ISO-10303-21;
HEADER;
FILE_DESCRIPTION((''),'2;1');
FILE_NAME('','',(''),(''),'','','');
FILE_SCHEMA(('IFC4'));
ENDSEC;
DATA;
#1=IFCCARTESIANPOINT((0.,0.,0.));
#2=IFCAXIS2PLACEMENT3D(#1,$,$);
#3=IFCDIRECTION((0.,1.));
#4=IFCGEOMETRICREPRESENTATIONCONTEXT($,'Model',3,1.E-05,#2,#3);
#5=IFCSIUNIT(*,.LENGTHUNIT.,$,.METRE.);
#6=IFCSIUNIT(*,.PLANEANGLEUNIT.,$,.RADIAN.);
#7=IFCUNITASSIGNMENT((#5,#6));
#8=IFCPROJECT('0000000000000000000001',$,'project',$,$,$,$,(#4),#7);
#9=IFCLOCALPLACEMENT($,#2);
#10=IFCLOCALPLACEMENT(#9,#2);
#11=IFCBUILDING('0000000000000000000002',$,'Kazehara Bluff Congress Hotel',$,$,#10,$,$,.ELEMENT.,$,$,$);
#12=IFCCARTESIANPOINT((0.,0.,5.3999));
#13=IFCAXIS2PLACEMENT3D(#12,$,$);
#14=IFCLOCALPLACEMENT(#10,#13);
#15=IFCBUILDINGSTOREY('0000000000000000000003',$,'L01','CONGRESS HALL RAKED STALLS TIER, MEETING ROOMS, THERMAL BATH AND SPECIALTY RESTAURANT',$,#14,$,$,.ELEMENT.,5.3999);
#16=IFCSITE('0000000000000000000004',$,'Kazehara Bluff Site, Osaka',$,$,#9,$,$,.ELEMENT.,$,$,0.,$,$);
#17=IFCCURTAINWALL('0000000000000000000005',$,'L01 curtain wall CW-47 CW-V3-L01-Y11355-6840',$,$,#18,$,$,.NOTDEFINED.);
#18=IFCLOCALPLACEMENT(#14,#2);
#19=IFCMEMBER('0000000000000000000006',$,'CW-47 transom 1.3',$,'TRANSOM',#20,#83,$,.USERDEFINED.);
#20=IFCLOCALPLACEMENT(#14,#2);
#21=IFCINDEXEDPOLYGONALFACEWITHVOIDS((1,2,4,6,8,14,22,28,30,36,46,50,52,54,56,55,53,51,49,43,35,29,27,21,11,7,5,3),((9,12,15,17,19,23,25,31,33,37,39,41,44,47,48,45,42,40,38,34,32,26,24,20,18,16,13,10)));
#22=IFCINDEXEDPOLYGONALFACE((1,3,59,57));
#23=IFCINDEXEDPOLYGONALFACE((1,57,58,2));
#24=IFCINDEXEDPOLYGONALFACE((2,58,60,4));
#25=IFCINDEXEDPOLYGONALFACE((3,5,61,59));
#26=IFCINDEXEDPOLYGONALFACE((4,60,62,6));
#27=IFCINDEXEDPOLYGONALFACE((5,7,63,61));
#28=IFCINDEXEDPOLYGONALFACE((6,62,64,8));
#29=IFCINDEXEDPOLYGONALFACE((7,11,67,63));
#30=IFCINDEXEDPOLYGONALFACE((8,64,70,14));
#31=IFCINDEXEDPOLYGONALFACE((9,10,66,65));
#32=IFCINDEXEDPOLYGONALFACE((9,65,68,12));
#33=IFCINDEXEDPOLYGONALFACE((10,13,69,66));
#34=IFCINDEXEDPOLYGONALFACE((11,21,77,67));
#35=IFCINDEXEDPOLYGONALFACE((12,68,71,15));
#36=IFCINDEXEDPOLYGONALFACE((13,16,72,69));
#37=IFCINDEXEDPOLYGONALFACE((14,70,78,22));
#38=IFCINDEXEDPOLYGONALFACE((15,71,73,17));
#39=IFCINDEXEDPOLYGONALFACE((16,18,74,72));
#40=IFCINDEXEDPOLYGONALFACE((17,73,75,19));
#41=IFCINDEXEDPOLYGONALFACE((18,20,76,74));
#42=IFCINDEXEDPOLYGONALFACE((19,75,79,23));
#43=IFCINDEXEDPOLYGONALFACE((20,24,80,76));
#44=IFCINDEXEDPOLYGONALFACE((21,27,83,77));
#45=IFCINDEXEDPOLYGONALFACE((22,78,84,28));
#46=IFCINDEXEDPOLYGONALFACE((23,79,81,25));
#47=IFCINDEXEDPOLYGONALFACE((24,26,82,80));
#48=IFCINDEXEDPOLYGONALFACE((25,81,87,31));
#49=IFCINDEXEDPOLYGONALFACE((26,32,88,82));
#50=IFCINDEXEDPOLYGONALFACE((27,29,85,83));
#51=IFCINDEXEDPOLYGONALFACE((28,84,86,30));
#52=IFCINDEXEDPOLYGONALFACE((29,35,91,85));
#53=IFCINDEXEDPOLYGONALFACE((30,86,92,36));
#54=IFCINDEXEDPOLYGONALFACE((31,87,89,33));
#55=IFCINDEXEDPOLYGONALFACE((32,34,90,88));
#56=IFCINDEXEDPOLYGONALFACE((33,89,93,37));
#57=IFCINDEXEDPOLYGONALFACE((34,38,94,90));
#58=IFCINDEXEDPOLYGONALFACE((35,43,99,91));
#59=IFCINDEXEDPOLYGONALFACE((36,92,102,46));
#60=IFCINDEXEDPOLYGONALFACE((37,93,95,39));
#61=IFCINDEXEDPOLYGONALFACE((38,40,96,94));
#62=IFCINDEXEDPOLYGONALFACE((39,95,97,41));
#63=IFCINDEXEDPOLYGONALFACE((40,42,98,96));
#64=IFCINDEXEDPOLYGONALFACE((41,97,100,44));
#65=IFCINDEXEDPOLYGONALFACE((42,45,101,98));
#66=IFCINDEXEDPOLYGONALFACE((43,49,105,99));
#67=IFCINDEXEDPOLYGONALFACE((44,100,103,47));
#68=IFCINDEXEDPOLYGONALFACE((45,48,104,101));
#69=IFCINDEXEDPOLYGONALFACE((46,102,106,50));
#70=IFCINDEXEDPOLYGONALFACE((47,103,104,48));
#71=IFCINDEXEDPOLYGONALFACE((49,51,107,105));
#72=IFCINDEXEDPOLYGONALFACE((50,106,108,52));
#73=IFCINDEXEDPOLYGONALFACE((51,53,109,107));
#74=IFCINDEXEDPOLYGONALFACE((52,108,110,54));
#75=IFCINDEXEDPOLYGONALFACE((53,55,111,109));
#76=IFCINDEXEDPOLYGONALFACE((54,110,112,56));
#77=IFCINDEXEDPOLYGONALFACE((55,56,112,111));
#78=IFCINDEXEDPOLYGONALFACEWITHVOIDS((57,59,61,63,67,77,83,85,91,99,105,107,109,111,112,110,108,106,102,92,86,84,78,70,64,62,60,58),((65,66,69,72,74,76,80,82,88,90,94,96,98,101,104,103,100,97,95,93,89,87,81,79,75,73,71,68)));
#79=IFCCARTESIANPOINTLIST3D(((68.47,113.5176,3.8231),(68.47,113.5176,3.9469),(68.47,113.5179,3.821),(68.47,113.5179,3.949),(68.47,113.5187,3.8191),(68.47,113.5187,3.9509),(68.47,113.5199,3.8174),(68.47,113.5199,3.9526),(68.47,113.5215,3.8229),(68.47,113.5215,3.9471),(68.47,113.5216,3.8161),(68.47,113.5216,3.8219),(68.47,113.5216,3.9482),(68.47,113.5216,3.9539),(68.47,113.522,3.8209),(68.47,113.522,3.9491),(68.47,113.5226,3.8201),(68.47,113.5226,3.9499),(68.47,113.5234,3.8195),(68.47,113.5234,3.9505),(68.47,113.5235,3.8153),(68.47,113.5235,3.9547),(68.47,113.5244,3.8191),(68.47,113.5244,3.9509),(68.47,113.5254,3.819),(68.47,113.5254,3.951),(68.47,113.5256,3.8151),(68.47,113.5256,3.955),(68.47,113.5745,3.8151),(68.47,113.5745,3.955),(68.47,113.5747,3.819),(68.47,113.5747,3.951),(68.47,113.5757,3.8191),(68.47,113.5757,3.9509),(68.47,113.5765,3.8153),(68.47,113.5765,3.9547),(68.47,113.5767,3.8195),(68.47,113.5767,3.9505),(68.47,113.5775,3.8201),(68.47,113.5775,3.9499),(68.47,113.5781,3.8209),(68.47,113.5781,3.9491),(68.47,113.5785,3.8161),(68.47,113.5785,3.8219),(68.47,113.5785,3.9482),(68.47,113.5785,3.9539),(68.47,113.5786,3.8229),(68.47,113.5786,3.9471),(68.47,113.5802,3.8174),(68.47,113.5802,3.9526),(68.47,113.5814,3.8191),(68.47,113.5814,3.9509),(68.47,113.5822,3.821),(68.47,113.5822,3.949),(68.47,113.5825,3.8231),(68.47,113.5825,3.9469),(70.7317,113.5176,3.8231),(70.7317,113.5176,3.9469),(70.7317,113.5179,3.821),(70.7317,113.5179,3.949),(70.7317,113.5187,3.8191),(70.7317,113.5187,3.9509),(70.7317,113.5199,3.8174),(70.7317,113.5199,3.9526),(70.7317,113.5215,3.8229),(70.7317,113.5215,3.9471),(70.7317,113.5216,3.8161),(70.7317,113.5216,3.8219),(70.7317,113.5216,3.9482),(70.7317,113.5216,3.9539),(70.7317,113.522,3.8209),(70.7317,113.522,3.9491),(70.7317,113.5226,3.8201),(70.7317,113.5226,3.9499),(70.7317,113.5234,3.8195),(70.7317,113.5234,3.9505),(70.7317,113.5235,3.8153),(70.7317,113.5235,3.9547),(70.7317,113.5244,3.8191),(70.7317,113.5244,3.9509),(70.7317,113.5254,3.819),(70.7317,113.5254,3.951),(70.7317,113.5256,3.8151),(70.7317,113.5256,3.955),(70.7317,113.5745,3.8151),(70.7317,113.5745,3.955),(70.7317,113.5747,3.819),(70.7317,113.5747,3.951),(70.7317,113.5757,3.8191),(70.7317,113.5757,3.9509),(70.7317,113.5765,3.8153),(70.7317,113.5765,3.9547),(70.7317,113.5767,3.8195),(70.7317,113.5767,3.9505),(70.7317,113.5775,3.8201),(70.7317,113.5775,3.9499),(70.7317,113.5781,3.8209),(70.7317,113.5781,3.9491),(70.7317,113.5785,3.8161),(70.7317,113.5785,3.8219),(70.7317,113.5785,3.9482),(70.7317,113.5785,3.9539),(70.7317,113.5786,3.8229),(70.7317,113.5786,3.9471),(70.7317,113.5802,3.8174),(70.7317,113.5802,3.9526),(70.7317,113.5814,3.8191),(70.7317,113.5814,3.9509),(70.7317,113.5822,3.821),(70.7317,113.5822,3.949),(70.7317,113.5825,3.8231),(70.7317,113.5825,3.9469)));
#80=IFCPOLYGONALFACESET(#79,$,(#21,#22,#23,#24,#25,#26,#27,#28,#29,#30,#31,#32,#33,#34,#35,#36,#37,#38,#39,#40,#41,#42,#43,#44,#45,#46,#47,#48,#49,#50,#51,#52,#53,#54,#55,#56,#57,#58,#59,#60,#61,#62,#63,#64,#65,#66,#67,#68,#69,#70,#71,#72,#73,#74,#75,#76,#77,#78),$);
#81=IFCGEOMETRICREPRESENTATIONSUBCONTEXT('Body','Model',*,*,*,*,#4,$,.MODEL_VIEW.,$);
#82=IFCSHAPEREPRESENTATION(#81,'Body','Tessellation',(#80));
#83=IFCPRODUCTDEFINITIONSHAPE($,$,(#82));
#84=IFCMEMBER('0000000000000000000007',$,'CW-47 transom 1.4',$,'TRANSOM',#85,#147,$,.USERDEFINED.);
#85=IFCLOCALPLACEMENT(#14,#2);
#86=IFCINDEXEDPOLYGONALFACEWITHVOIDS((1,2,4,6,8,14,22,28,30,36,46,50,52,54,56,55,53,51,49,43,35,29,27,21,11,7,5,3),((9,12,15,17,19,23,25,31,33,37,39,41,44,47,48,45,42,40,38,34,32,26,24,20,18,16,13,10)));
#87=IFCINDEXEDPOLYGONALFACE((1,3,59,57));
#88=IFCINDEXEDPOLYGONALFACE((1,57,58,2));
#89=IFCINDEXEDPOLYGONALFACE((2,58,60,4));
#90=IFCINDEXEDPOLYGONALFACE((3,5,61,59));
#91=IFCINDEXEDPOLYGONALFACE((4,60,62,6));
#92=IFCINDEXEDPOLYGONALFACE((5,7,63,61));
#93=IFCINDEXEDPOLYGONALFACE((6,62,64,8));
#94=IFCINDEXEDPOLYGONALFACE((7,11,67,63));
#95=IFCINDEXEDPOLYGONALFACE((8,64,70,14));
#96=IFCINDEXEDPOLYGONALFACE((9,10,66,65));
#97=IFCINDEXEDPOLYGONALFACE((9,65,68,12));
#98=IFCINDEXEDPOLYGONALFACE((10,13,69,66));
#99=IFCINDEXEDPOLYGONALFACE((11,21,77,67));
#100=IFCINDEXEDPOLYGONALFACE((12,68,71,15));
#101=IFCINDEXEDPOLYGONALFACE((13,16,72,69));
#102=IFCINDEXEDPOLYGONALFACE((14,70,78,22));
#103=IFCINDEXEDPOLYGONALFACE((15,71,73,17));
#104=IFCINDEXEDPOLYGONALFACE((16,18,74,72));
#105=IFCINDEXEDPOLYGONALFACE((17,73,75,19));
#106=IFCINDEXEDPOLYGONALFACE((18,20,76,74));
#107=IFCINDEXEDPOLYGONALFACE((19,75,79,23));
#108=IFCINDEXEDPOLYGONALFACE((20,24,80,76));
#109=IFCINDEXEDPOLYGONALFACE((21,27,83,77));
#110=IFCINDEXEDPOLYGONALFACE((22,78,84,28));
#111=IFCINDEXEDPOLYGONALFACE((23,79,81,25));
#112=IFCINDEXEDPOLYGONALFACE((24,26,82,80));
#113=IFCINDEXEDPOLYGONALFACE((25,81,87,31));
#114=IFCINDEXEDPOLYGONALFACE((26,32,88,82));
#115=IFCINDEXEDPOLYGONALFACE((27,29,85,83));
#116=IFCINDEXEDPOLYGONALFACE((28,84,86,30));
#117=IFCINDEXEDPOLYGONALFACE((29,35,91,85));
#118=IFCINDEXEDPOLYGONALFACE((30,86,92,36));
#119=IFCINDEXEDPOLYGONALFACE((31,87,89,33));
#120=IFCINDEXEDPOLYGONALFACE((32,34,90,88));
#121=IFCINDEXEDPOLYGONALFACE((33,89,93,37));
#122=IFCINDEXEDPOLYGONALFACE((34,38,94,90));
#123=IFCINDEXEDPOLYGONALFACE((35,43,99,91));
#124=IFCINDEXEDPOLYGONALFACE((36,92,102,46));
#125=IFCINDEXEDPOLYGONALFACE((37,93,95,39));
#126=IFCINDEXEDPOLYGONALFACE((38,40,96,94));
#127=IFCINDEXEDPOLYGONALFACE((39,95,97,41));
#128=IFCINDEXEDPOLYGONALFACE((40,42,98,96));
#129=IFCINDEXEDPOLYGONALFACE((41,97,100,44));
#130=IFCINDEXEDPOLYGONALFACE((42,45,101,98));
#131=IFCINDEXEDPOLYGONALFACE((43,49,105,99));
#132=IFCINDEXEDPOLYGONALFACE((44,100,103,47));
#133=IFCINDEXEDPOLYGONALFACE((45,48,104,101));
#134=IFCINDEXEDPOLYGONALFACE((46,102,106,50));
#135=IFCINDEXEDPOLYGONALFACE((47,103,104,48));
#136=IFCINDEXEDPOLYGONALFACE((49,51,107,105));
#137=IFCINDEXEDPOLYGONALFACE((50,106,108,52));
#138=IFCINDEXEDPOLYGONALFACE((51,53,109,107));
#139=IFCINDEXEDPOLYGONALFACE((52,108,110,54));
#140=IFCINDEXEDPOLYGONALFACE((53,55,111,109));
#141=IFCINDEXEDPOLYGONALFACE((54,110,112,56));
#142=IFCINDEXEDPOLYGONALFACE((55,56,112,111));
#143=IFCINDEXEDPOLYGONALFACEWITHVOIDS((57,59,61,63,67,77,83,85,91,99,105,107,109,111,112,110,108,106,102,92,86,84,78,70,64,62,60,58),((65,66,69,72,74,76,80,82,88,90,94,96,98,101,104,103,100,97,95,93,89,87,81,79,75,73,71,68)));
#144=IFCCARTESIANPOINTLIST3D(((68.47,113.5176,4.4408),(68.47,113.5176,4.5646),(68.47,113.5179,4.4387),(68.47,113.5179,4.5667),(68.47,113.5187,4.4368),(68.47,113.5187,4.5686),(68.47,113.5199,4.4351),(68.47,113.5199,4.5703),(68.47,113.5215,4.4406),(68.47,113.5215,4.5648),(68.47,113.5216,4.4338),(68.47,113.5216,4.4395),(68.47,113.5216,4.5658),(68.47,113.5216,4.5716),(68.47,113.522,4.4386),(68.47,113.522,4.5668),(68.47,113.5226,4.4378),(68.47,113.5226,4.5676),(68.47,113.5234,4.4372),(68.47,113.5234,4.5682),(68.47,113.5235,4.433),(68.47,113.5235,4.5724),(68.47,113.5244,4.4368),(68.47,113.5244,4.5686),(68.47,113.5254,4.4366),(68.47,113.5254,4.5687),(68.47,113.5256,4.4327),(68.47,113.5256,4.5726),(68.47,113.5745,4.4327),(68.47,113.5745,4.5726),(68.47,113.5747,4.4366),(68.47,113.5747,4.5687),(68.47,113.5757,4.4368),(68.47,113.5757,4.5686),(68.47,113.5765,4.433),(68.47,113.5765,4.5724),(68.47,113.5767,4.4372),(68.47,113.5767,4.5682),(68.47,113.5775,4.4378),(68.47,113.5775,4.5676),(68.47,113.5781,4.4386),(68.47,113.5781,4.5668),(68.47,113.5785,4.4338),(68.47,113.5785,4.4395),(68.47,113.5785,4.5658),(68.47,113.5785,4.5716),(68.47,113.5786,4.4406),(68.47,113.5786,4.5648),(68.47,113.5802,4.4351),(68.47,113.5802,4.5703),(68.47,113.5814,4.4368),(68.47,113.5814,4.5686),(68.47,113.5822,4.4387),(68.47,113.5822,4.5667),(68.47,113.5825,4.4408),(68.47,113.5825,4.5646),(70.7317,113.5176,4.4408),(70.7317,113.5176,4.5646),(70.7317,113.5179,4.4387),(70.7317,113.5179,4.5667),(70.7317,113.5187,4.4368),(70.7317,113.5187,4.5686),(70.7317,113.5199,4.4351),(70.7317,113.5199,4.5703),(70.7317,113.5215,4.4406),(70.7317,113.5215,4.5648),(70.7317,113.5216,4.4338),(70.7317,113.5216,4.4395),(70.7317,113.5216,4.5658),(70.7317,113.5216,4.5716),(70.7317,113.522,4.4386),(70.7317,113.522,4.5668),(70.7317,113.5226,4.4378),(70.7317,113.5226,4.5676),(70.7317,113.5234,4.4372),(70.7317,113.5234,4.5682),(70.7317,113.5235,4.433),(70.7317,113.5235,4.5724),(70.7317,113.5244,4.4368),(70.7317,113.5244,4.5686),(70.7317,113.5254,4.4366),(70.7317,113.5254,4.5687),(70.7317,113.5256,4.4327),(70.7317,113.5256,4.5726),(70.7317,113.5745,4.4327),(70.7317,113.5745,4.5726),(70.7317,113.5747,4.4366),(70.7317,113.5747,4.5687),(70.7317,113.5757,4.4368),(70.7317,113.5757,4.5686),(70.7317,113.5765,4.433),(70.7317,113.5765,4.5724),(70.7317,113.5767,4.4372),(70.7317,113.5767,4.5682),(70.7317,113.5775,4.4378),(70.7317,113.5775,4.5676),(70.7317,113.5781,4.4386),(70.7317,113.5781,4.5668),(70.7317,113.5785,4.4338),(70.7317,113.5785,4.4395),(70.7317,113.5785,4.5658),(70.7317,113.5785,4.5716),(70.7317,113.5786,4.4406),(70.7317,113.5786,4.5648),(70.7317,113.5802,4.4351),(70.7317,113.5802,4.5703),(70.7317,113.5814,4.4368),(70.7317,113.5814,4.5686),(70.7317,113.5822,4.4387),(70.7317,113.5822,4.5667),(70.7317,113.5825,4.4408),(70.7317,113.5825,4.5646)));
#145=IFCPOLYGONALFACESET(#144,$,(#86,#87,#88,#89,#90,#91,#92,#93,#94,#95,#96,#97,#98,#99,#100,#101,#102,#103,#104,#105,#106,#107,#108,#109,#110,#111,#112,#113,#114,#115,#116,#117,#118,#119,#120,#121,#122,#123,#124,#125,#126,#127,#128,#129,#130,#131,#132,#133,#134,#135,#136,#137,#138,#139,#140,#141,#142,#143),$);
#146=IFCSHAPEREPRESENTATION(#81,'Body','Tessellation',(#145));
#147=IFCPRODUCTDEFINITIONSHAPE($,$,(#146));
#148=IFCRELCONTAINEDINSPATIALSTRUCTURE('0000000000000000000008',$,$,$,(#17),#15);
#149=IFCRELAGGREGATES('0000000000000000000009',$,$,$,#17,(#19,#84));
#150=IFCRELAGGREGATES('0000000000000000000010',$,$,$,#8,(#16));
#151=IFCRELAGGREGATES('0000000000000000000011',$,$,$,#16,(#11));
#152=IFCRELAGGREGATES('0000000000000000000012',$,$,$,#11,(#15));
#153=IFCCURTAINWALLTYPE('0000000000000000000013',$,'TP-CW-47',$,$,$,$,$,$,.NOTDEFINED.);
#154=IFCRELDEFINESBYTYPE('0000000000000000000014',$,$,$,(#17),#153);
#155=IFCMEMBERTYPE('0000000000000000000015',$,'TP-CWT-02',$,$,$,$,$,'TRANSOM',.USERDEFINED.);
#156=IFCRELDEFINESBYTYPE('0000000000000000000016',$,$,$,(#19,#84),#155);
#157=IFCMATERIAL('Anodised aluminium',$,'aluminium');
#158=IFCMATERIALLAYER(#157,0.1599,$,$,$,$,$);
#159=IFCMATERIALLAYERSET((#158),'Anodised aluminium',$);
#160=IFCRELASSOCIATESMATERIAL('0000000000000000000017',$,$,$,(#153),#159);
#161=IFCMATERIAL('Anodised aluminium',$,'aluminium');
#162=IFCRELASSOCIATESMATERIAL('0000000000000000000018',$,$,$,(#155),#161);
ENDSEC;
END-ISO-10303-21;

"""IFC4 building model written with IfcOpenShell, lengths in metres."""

from ifc_helpers import new_model, si_unit, direction, frame, origin, origin_2d, place, context, subcontext, project, spatial, hollow_rectangle, extrude, material, layer, layer_set, material_profile, profile_set, type_object, element, aggregate, save


model = new_model("IFC4")

# Units and contexts
model_context = context("Model", 3, precision=1e-05, world=origin(), true_north=direction((0.0, 1.0)))
body_context = subcontext(model_context, "Body", "Model", "MODEL_VIEW")
ifc_project = project(units=[si_unit("LENGTHUNIT", "METRE"), si_unit("PLANEANGLEUNIT", "RADIAN")], contexts=[model_context])

# Site, building, storey
site_placement = place(None, origin())
site = spatial("IfcSite", under=ifc_project, at=site_placement, Name="Kazehara Bluff Site, Osaka", CompositionType="ELEMENT", RefElevation=0.0)
building_placement = place(site_placement, origin())
building = spatial("IfcBuilding", under=site, at=building_placement, Name="Kazehara Bluff Congress Hotel", CompositionType="ELEMENT")
storey_placement = place(building_placement, frame((0.0, 0.0, 5.3999)))
storey = spatial("IfcBuildingStorey", under=building, at=storey_placement, Name="L01", Description="CONGRESS HALL RAKED STALLS TIER, MEETING ROOMS, THERMAL BATH AND SPECIALTY RESTAURANT", CompositionType="ELEMENT", Elevation=5.3999)

# Curtain wall, members
ifc_material_1 = material(Name="Anodised aluminium", Category="aluminium")
ifc_layer_1 = layer(ifc_material_1, 0.1599)
ifc_layer_set_1 = layer_set([ifc_layer_1], Name="Anodised aluminium")
curtain_wall_type = type_object("IfcCurtainWallType", Name="TP-CW-47", PredefinedType="NOTDEFINED", material=ifc_layer_set_1)
curtain_wall_placement = place(storey_placement, origin())
curtain_wall = element("IfcCurtainWall", 1, at=curtain_wall_placement, inside=storey, type_object=curtain_wall_type, Name="L01 curtain wall CW-47 CW-V3-L01-Y11355-6840", PredefinedType="NOTDEFINED")
ifc_material_2 = material(Name="Anodised aluminium", Category="aluminium")
ifc_material_profile_1 = material_profile(ifc_material_2, hollow_rectangle(XDim=0.0649, YDim=0.1399, WallThickness=0.0039, InnerFilletRadius=0.0039, OuterFilletRadius=0.0081, at=origin_2d()))
ifc_profile_set_1 = profile_set([ifc_material_profile_1], Name="Anodised aluminium")
member_type_1 = type_object("IfcMemberType", Name="TP-CWT-02", ElementType="TRANSOM", PredefinedType="USERDEFINED", material=ifc_profile_set_1)
member_1_placement = place(storey_placement, frame((68.47, 113.55, 3.885), z_axis=(1.0, 0.0, 0.0), x_axis=(0.0, 1.0, 0.0)))
member_1 = element("IfcMember", 2, at=member_1_placement, type_object=member_type_1, Name="CW-47 transom 1.3", ObjectType="TRANSOM", PredefinedType="USERDEFINED", context=body_context, shape_type="SweptSolid", body=[
    extrude(hollow_rectangle(XDim=0.0649, YDim=0.1399, WallThickness=0.0039, InnerFilletRadius=0.0039, OuterFilletRadius=0.0081, at=origin_2d()), origin(), (0.0, 0.0, 1.0), 2.2617),
])
member_2_placement = place(storey_placement, frame((68.47, 113.55, 4.5027), z_axis=(1.0, 0.0, 0.0), x_axis=(0.0, 1.0, 0.0)))
member_2 = element("IfcMember", 3, at=member_2_placement, type_object=member_type_1, Name="CW-47 transom 1.4", ObjectType="TRANSOM", PredefinedType="USERDEFINED", context=body_context, shape_type="SweptSolid", body=[
    extrude(hollow_rectangle(XDim=0.0649, YDim=0.1399, WallThickness=0.0039, InnerFilletRadius=0.0039, OuterFilletRadius=0.0081, at=origin_2d()), origin(), (0.0, 0.0, 1.0), 2.2617),
])

aggregate(curtain_wall, [member_1, member_2])

save(model, "model.ifc")
